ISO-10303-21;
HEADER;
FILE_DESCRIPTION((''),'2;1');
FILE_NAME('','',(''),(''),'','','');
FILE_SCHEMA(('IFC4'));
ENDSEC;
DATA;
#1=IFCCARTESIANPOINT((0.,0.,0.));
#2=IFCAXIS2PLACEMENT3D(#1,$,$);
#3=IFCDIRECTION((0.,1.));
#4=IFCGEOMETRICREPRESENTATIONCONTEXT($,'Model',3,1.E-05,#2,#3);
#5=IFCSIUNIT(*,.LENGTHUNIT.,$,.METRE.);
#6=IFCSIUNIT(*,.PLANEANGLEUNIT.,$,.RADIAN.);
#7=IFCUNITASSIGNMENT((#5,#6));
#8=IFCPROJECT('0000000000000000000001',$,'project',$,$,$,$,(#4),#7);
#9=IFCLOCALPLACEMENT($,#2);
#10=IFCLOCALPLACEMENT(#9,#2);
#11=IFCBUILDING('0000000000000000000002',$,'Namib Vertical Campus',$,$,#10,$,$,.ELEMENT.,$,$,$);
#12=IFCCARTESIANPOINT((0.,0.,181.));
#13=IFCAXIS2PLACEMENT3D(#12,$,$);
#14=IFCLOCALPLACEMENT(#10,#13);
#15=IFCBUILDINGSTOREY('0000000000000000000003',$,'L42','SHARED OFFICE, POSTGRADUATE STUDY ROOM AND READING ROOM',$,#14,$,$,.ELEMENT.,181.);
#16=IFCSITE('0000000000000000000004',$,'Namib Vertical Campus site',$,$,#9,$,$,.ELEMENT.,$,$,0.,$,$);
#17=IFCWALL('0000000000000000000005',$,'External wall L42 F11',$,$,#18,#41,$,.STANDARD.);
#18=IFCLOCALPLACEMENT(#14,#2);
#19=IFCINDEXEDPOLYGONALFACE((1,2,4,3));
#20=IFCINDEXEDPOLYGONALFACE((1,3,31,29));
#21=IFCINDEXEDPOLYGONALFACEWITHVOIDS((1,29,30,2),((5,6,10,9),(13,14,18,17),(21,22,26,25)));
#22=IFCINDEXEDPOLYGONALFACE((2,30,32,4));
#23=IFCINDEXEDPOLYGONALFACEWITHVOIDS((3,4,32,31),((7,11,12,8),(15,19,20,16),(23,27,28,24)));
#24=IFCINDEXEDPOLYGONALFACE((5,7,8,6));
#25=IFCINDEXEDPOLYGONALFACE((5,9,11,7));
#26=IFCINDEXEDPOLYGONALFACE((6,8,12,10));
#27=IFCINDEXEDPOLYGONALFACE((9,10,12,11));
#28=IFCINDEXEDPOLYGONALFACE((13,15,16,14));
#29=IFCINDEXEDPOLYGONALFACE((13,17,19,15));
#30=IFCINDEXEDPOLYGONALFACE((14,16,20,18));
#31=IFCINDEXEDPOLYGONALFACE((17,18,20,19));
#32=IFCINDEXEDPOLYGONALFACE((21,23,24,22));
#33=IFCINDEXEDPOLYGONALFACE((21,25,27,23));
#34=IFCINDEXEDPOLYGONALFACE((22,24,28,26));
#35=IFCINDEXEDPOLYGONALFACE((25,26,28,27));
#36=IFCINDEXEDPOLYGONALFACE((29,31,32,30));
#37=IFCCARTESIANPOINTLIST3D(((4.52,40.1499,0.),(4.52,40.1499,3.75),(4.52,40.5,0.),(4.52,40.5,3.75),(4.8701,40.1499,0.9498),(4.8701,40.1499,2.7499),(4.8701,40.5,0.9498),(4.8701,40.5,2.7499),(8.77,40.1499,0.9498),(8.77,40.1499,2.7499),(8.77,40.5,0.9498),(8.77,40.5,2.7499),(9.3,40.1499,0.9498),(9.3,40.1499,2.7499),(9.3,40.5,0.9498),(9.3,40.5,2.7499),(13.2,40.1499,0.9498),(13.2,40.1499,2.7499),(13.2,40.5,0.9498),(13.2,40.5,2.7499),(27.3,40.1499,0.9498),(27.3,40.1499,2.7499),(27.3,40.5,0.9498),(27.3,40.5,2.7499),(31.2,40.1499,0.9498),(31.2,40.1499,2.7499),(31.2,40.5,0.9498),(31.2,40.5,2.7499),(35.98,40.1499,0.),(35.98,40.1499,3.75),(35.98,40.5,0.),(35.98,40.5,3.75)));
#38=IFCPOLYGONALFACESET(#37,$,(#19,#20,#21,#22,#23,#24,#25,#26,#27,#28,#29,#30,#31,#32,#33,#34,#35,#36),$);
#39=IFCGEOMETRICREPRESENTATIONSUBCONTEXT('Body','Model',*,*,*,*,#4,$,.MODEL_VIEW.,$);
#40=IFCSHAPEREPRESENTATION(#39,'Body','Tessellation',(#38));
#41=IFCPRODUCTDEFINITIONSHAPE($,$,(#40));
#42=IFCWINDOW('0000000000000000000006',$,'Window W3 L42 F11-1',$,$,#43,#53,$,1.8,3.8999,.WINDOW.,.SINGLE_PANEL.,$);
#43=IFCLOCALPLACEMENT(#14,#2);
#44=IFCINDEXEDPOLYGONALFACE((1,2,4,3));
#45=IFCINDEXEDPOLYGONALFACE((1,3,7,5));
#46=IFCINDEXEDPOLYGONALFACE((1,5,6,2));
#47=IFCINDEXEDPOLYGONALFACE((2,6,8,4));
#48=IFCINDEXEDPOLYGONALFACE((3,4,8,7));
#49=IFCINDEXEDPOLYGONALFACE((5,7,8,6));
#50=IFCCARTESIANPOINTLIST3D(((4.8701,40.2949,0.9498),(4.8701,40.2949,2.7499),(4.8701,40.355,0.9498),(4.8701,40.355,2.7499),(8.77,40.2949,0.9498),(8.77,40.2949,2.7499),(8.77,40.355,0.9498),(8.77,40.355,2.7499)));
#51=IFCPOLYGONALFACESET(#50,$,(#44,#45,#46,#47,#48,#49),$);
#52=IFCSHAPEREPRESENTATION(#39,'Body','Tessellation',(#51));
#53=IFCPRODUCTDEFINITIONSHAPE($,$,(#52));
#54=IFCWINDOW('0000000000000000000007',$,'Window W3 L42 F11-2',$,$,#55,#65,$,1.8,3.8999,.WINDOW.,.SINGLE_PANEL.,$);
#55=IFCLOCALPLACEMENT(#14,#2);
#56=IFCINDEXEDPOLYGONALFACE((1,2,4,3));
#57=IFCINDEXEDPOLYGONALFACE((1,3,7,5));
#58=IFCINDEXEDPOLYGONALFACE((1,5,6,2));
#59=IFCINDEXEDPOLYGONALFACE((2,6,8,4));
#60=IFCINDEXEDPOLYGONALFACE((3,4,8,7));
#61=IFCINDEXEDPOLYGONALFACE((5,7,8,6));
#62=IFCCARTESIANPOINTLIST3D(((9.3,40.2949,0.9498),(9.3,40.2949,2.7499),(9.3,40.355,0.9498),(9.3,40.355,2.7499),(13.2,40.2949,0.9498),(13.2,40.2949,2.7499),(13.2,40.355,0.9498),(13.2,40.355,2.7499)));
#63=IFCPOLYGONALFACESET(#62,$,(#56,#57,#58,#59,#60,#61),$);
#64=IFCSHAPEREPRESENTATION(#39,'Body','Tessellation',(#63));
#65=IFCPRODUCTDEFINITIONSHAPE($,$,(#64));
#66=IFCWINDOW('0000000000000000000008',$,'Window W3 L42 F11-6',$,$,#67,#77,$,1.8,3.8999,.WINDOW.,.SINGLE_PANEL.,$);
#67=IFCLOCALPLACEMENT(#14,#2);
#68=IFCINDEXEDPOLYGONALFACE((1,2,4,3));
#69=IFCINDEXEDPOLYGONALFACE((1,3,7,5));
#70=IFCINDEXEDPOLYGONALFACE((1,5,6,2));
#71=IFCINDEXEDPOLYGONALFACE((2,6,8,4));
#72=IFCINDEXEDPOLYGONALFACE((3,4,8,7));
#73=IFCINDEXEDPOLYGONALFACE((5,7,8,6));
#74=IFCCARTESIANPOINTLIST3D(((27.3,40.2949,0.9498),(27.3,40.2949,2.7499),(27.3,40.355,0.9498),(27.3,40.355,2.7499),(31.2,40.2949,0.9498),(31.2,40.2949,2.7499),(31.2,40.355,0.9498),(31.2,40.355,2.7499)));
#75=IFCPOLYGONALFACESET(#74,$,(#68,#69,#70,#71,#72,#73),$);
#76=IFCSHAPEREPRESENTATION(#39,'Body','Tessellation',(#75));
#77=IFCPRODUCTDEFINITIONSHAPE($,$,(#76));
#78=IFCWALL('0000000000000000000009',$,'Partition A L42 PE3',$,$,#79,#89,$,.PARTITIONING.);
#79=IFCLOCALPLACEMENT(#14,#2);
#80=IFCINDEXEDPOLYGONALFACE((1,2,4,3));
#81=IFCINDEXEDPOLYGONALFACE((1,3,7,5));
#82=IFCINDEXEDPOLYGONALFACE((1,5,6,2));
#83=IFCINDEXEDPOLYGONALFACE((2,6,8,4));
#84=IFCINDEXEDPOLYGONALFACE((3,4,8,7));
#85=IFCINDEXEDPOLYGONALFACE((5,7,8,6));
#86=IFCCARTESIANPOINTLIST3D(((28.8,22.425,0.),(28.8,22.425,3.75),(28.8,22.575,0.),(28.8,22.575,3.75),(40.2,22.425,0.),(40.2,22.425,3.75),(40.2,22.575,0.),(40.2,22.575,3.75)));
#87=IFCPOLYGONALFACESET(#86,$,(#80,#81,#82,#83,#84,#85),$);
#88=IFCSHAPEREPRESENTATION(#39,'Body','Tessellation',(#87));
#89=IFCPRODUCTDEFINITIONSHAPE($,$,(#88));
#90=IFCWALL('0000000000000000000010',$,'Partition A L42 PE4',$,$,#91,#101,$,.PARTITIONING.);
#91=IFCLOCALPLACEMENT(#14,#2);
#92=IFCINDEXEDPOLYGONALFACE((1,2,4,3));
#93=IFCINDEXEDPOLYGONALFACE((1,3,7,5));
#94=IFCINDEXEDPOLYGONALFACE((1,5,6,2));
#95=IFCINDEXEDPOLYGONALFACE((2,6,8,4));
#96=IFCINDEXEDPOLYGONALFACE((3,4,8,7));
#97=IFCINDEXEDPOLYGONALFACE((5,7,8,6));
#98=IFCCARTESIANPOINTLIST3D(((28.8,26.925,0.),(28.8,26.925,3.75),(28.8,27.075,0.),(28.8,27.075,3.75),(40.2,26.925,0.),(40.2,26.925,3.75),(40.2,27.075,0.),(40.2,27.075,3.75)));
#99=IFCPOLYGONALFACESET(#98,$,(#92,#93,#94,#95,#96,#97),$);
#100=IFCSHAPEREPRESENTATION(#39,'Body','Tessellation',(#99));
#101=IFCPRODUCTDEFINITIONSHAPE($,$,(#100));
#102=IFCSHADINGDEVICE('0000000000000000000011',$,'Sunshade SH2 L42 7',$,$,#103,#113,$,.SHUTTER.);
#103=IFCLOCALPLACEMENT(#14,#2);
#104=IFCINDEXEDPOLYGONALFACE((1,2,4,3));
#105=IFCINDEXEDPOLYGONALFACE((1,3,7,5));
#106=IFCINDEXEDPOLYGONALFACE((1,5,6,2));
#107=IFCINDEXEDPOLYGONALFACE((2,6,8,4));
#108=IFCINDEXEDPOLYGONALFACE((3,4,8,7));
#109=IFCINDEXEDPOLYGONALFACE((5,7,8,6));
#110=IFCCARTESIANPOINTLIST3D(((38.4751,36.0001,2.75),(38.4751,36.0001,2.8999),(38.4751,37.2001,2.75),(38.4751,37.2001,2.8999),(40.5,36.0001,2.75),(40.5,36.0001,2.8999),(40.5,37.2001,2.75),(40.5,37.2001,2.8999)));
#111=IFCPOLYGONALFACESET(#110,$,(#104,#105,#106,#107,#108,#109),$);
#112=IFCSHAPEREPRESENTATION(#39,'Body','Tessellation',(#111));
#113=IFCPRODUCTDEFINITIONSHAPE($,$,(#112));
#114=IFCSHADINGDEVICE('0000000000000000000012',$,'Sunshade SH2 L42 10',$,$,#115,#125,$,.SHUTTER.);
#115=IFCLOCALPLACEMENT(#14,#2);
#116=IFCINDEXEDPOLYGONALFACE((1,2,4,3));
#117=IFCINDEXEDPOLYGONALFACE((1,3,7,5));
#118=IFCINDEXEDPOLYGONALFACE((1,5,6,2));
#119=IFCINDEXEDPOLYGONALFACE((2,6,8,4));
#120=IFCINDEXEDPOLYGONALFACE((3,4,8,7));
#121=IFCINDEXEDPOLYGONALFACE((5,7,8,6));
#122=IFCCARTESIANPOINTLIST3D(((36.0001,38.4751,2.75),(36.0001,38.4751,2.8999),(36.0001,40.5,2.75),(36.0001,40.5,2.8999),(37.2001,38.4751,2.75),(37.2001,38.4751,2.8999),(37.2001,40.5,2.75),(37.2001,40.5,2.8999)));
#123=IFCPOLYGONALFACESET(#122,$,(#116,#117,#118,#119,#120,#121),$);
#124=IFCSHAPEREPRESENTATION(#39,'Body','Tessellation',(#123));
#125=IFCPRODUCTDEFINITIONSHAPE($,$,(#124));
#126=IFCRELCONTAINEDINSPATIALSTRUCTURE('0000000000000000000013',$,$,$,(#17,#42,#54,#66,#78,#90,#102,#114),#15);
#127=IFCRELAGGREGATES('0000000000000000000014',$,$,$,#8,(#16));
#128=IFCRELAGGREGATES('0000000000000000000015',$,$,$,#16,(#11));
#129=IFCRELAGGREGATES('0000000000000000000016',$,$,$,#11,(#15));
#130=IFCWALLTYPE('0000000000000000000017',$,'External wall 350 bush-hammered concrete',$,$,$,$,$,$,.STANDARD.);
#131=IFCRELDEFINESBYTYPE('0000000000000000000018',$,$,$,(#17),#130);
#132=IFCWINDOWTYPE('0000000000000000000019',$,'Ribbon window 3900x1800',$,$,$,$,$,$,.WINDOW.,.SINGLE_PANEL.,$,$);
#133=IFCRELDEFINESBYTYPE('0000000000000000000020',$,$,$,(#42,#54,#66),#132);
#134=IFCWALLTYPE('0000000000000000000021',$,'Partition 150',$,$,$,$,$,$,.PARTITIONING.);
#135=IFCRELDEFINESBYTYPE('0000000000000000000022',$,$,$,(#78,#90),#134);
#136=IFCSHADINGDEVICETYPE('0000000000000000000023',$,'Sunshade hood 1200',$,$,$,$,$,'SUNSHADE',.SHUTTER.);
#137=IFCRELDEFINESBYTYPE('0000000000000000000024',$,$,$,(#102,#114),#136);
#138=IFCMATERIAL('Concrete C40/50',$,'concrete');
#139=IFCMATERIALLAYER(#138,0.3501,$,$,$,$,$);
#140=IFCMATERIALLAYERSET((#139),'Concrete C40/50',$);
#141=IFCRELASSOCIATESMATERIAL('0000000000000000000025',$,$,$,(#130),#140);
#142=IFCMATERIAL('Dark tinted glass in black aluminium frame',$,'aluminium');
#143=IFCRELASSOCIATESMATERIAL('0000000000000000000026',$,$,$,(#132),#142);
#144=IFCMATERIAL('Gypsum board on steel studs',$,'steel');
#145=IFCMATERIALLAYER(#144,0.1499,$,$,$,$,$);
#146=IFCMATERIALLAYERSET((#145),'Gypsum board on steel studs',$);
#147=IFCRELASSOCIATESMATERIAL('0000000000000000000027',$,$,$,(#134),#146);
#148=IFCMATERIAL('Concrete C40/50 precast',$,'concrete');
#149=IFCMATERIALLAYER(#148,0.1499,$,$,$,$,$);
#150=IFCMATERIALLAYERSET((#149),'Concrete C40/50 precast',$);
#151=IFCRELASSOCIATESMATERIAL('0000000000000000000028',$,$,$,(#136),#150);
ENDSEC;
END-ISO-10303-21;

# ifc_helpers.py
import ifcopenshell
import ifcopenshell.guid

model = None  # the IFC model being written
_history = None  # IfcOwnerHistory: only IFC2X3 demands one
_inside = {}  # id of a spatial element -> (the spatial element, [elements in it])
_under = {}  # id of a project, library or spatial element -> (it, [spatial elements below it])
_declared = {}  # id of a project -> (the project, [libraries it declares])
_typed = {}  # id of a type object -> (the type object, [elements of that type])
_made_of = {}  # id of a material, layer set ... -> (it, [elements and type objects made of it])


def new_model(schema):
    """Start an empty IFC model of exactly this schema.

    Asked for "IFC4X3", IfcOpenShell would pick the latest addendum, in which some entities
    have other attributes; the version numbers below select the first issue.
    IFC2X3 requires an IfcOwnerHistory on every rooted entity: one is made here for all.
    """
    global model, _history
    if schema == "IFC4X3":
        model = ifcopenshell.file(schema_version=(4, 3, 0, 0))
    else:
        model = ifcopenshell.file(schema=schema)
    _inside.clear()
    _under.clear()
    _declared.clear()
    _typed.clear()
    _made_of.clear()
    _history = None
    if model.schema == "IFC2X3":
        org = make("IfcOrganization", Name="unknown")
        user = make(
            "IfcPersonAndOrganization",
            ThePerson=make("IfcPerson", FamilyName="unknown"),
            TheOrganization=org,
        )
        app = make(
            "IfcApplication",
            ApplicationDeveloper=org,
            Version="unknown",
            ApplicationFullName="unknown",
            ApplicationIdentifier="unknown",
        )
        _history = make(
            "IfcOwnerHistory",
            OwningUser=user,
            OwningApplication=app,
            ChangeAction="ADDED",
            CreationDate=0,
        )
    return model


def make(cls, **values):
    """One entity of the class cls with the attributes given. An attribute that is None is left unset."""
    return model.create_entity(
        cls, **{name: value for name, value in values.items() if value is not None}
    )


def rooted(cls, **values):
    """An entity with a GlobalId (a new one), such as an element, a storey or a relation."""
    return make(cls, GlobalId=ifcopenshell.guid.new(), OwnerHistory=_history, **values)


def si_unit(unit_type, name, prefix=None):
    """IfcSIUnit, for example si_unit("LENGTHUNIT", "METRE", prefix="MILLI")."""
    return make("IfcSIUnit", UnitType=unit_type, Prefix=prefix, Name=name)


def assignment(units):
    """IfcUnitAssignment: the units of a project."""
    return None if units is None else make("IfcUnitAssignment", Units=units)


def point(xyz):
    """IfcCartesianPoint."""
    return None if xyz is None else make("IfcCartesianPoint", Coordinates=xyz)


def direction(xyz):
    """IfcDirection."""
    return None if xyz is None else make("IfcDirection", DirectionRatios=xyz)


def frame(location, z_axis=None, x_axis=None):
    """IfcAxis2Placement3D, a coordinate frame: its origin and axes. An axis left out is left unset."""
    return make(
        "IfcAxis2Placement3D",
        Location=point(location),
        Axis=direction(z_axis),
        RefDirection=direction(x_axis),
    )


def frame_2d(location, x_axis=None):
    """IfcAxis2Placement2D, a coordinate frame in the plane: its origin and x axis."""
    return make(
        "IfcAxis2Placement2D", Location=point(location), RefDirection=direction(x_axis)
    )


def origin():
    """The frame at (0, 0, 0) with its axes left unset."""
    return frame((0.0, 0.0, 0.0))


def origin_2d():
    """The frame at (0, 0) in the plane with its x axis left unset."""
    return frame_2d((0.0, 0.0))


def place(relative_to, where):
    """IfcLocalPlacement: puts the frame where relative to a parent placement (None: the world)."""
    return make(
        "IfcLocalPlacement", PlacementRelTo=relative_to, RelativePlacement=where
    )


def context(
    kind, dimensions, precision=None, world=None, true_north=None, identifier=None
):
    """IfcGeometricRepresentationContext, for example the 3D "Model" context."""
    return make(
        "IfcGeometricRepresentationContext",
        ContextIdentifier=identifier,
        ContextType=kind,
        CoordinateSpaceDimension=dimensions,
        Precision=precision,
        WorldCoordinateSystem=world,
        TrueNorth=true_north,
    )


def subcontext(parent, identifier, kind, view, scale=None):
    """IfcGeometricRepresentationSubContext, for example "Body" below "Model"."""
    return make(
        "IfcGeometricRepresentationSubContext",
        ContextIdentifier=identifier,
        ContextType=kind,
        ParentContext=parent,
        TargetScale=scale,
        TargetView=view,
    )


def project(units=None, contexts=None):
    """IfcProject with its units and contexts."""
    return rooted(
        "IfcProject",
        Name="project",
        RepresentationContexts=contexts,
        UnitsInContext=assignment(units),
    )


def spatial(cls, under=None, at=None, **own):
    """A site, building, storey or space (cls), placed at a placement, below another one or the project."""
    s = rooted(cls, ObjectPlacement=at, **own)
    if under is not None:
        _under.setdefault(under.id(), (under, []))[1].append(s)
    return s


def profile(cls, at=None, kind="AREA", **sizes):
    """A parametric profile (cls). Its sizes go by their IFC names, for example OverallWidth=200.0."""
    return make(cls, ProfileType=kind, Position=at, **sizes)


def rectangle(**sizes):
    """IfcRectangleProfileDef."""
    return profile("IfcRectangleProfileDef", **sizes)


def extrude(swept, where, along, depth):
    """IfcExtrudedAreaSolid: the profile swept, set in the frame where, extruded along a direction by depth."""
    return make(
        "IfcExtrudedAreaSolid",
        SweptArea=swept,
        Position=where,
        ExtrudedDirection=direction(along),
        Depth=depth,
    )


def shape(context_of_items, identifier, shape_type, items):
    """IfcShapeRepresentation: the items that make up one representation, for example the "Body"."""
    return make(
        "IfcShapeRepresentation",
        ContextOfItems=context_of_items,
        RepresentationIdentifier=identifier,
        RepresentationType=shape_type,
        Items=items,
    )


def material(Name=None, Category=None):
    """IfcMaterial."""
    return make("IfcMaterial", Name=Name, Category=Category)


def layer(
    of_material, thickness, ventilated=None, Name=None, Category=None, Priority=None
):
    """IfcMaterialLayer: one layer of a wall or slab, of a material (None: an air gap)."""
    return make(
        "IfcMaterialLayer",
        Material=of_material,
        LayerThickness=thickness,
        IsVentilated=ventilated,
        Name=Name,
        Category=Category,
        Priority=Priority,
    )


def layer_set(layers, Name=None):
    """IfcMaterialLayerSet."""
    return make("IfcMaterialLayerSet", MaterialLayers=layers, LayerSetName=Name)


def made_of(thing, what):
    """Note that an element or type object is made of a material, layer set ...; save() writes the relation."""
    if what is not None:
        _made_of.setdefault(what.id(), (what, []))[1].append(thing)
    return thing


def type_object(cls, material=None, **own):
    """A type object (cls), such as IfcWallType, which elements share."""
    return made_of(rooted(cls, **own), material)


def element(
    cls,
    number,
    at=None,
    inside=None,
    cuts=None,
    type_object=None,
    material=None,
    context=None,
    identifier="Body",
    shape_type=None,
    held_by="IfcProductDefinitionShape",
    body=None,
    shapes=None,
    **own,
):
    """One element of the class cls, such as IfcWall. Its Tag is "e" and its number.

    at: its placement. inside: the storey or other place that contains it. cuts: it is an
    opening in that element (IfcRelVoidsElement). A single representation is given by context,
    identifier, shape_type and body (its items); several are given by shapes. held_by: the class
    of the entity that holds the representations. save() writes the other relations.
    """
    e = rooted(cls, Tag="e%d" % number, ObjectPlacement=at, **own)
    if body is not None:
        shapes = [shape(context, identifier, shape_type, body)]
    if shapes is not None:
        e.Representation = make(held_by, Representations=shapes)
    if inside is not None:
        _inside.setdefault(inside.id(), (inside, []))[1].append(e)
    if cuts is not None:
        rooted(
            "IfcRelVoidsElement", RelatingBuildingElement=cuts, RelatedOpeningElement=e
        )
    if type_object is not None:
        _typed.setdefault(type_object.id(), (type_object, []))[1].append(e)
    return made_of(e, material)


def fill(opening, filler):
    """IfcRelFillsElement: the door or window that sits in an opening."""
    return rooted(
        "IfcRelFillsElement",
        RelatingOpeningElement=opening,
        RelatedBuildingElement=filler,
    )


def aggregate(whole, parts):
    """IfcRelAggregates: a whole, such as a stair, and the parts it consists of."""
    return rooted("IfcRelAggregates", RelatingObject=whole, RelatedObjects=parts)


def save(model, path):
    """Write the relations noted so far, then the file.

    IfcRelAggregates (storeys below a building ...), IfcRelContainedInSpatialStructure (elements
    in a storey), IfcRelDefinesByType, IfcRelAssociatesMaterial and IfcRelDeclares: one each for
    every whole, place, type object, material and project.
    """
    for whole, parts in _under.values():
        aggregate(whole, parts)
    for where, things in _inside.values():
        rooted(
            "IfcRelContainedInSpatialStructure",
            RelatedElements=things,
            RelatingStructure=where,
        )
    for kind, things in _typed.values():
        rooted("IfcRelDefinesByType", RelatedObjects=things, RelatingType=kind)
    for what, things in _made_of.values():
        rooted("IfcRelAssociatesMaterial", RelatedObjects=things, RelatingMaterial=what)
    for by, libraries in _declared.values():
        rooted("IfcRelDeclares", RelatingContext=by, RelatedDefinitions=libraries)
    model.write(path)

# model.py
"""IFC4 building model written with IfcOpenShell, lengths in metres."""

from ifc_helpers import new_model, si_unit, direction, frame, frame_2d, origin, origin_2d, place, context, subcontext, project, spatial, rectangle, extrude, material, layer, layer_set, type_object, element, fill, save


model = new_model("IFC4")

# Units and contexts
model_context = context("Model", 3, precision=1e-05, world=origin(), true_north=direction((0.0, 1.0)))
body_context = subcontext(model_context, "Body", "Model", "MODEL_VIEW")
ifc_project = project(units=[si_unit("LENGTHUNIT", "METRE"), si_unit("PLANEANGLEUNIT", "RADIAN")], contexts=[model_context])

# Site, building, storey
site_placement = place(None, origin())
site = spatial("IfcSite", under=ifc_project, at=site_placement, Name="Namib Vertical Campus site", CompositionType="ELEMENT", RefElevation=0.0)
building_placement = place(site_placement, origin())
building = spatial("IfcBuilding", under=site, at=building_placement, Name="Namib Vertical Campus", CompositionType="ELEMENT")
storey_placement = place(building_placement, frame((0.0, 0.0, 181.0)))
storey = spatial("IfcBuildingStorey", under=building, at=storey_placement, Name="L42", Description="SHARED OFFICE, POSTGRADUATE STUDY ROOM AND READING ROOM", CompositionType="ELEMENT", Elevation=181.0)

# Shared definitions
ifc_material_1 = material(Name="Concrete C40/50", Category="concrete")
ifc_layer_1 = layer(ifc_material_1, 0.3501)
ifc_layer_set_1 = layer_set([ifc_layer_1], Name="Concrete C40/50")
wall_type_1 = type_object("IfcWallType", Name="External wall 350 bush-hammered concrete", PredefinedType="STANDARD", material=ifc_layer_set_1)

# Wall, openings, windows
wall_1_placement = place(storey_placement, frame((35.98, 40.325, 0.0), z_axis=(0.0, 0.0, 1.0), x_axis=(-1.0, 0.0, 0.0)))
wall_1 = element("IfcWall", 1, at=wall_1_placement, inside=storey, type_object=wall_type_1, Name="External wall L42 F11", PredefinedType="STANDARD", context=body_context, shape_type="SweptSolid", body=[
    extrude(rectangle(XDim=31.46, YDim=0.3501, at=frame_2d((15.73, 0.0))), origin(), (0.0, 0.0, 1.0), 3.75),
])
opening_1_placement = place(wall_1_placement, frame((27.21, 0.0, 0.95)))
opening_1 = element("IfcOpeningElement", 2, at=opening_1_placement, cuts=wall_1, PredefinedType="OPENING", context=body_context, shape_type="SweptSolid", body=[
    extrude(rectangle(XDim=3.8999, YDim=1.8, at=frame_2d((1.95, 0.8999))), frame((0.0, 0.1851, 0.0), z_axis=(0.0, -1.0, 0.0), x_axis=(1.0, 0.0, 0.0)), (0.0, 0.0, 1.0), 0.3701),
])
opening_2_placement = place(wall_1_placement, frame((22.78, 0.0, 0.95)))
opening_2 = element("IfcOpeningElement", 3, at=opening_2_placement, cuts=wall_1, PredefinedType="OPENING", context=body_context, shape_type="SweptSolid", body=[
    extrude(rectangle(XDim=3.8999, YDim=1.8, at=frame_2d((1.95, 0.8999))), frame((0.0, 0.1851, 0.0), z_axis=(0.0, -1.0, 0.0), x_axis=(1.0, 0.0, 0.0)), (0.0, 0.0, 1.0), 0.3701),
])
opening_3_placement = place(wall_1_placement, frame((4.78, 0.0, 0.95)))
opening_3 = element("IfcOpeningElement", 4, at=opening_3_placement, cuts=wall_1, PredefinedType="OPENING", context=body_context, shape_type="SweptSolid", body=[
    extrude(rectangle(XDim=3.8999, YDim=1.8, at=frame_2d((1.95, 0.8999))), frame((0.0, 0.1851, 0.0), z_axis=(0.0, -1.0, 0.0), x_axis=(1.0, 0.0, 0.0)), (0.0, 0.0, 1.0), 0.3701),
])
ifc_material_2 = material(Name="Dark tinted glass in black aluminium frame", Category="aluminium")
window_type = type_object("IfcWindowType", Name="Ribbon window 3900x1800", PartitioningType="SINGLE_PANEL", PredefinedType="WINDOW", material=ifc_material_2)
window_1_placement = place(opening_1_placement, origin())
window_1 = element("IfcWindow", 5, at=window_1_placement, inside=storey, type_object=window_type, Name="Window W3 L42 F11-1", OverallHeight=1.8, OverallWidth=3.8999, PartitioningType="SINGLE_PANEL", PredefinedType="WINDOW", context=body_context, shape_type="SweptSolid", body=[
    extrude(rectangle(XDim=3.8999, YDim=1.8, at=frame_2d((1.95, 0.8999))), frame((0.0, 0.03, 0.0), z_axis=(0.0, -1.0, 0.0), x_axis=(1.0, 0.0, 0.0)), (0.0, 0.0, 1.0), 0.0601),
])
fill(opening_1, window_1)
window_2_placement = place(opening_2_placement, origin())
window_2 = element("IfcWindow", 6, at=window_2_placement, inside=storey, type_object=window_type, Name="Window W3 L42 F11-2", OverallHeight=1.8, OverallWidth=3.8999, PartitioningType="SINGLE_PANEL", PredefinedType="WINDOW", context=body_context, shape_type="SweptSolid", body=[
    extrude(rectangle(XDim=3.8999, YDim=1.8, at=frame_2d((1.95, 0.8999))), frame((0.0, 0.03, 0.0), z_axis=(0.0, -1.0, 0.0), x_axis=(1.0, 0.0, 0.0)), (0.0, 0.0, 1.0), 0.0601),
])
fill(opening_2, window_2)
window_3_placement = place(opening_3_placement, origin())
window_3 = element("IfcWindow", 7, at=window_3_placement, inside=storey, type_object=window_type, Name="Window W3 L42 F11-6", OverallHeight=1.8, OverallWidth=3.8999, PartitioningType="SINGLE_PANEL", PredefinedType="WINDOW", context=body_context, shape_type="SweptSolid", body=[
    extrude(rectangle(XDim=3.8999, YDim=1.8, at=frame_2d((1.95, 0.8999))), frame((0.0, 0.03, 0.0), z_axis=(0.0, -1.0, 0.0), x_axis=(1.0, 0.0, 0.0)), (0.0, 0.0, 1.0), 0.0601),
])
fill(opening_3, window_3)

# Walls
ifc_material_3 = material(Name="Gypsum board on steel studs", Category="steel")
ifc_layer_2 = layer(ifc_material_3, 0.1499)
ifc_layer_set_2 = layer_set([ifc_layer_2], Name="Gypsum board on steel studs")
wall_type_2 = type_object("IfcWallType", Name="Partition 150", PredefinedType="PARTITIONING", material=ifc_layer_set_2)
for number, where, z_axis, x_axis, name in (
    (8, (28.8, 22.5, 0.0), (0.0, 0.0, 1.0), (1.0, 0.0, 0.0), "Partition A L42 PE3"),
    (9, (28.8, 27.0, 0.0), (0.0, 0.0, 1.0), (1.0, 0.0, 0.0), "Partition A L42 PE4"),
):
    element("IfcWall", number, at=place(storey_placement, frame(where, z_axis=z_axis, x_axis=x_axis)), inside=storey, type_object=wall_type_2, Name=name, PredefinedType="PARTITIONING", context=body_context, shape_type="SweptSolid", body=[
        extrude(rectangle(XDim=11.3999, YDim=0.1499, at=frame_2d((5.7, 0.0))), origin(), (0.0, 0.0, 1.0), 3.75),
    ])

# Shading devices
ifc_material_4 = material(Name="Concrete C40/50 precast", Category="concrete")
ifc_layer_3 = layer(ifc_material_4, 0.1499)
ifc_layer_set_3 = layer_set([ifc_layer_3], Name="Concrete C40/50 precast")
shading_device_type = type_object("IfcShadingDeviceType", Name="Sunshade hood 1200", ElementType="SUNSHADE", PredefinedType="SHUTTER", material=ifc_layer_set_3)
for number, where, z_axis, x_axis, name in (
    (10, (39.4875, 36.6001, 2.75), (0.0, 0.0, 1.0), (-1.0, 0.0, 0.0), "Sunshade SH2 L42 7"),
    (11, (36.6001, 39.4875, 2.75), (0.0, 0.0, 1.0), (0.0, 1.0, 0.0), "Sunshade SH2 L42 10"),
):
    element("IfcShadingDevice", number, at=place(storey_placement, frame(where, z_axis=z_axis, x_axis=x_axis)), inside=storey, type_object=shading_device_type, Name=name, PredefinedType="SHUTTER", context=body_context, shape_type="SweptSolid", body=[
        extrude(rectangle(XDim=2.0249, YDim=1.2, at=origin_2d()), origin(), (0.0, 0.0, 1.0), 0.1499),
    ])

save(model, "model.ifc")
